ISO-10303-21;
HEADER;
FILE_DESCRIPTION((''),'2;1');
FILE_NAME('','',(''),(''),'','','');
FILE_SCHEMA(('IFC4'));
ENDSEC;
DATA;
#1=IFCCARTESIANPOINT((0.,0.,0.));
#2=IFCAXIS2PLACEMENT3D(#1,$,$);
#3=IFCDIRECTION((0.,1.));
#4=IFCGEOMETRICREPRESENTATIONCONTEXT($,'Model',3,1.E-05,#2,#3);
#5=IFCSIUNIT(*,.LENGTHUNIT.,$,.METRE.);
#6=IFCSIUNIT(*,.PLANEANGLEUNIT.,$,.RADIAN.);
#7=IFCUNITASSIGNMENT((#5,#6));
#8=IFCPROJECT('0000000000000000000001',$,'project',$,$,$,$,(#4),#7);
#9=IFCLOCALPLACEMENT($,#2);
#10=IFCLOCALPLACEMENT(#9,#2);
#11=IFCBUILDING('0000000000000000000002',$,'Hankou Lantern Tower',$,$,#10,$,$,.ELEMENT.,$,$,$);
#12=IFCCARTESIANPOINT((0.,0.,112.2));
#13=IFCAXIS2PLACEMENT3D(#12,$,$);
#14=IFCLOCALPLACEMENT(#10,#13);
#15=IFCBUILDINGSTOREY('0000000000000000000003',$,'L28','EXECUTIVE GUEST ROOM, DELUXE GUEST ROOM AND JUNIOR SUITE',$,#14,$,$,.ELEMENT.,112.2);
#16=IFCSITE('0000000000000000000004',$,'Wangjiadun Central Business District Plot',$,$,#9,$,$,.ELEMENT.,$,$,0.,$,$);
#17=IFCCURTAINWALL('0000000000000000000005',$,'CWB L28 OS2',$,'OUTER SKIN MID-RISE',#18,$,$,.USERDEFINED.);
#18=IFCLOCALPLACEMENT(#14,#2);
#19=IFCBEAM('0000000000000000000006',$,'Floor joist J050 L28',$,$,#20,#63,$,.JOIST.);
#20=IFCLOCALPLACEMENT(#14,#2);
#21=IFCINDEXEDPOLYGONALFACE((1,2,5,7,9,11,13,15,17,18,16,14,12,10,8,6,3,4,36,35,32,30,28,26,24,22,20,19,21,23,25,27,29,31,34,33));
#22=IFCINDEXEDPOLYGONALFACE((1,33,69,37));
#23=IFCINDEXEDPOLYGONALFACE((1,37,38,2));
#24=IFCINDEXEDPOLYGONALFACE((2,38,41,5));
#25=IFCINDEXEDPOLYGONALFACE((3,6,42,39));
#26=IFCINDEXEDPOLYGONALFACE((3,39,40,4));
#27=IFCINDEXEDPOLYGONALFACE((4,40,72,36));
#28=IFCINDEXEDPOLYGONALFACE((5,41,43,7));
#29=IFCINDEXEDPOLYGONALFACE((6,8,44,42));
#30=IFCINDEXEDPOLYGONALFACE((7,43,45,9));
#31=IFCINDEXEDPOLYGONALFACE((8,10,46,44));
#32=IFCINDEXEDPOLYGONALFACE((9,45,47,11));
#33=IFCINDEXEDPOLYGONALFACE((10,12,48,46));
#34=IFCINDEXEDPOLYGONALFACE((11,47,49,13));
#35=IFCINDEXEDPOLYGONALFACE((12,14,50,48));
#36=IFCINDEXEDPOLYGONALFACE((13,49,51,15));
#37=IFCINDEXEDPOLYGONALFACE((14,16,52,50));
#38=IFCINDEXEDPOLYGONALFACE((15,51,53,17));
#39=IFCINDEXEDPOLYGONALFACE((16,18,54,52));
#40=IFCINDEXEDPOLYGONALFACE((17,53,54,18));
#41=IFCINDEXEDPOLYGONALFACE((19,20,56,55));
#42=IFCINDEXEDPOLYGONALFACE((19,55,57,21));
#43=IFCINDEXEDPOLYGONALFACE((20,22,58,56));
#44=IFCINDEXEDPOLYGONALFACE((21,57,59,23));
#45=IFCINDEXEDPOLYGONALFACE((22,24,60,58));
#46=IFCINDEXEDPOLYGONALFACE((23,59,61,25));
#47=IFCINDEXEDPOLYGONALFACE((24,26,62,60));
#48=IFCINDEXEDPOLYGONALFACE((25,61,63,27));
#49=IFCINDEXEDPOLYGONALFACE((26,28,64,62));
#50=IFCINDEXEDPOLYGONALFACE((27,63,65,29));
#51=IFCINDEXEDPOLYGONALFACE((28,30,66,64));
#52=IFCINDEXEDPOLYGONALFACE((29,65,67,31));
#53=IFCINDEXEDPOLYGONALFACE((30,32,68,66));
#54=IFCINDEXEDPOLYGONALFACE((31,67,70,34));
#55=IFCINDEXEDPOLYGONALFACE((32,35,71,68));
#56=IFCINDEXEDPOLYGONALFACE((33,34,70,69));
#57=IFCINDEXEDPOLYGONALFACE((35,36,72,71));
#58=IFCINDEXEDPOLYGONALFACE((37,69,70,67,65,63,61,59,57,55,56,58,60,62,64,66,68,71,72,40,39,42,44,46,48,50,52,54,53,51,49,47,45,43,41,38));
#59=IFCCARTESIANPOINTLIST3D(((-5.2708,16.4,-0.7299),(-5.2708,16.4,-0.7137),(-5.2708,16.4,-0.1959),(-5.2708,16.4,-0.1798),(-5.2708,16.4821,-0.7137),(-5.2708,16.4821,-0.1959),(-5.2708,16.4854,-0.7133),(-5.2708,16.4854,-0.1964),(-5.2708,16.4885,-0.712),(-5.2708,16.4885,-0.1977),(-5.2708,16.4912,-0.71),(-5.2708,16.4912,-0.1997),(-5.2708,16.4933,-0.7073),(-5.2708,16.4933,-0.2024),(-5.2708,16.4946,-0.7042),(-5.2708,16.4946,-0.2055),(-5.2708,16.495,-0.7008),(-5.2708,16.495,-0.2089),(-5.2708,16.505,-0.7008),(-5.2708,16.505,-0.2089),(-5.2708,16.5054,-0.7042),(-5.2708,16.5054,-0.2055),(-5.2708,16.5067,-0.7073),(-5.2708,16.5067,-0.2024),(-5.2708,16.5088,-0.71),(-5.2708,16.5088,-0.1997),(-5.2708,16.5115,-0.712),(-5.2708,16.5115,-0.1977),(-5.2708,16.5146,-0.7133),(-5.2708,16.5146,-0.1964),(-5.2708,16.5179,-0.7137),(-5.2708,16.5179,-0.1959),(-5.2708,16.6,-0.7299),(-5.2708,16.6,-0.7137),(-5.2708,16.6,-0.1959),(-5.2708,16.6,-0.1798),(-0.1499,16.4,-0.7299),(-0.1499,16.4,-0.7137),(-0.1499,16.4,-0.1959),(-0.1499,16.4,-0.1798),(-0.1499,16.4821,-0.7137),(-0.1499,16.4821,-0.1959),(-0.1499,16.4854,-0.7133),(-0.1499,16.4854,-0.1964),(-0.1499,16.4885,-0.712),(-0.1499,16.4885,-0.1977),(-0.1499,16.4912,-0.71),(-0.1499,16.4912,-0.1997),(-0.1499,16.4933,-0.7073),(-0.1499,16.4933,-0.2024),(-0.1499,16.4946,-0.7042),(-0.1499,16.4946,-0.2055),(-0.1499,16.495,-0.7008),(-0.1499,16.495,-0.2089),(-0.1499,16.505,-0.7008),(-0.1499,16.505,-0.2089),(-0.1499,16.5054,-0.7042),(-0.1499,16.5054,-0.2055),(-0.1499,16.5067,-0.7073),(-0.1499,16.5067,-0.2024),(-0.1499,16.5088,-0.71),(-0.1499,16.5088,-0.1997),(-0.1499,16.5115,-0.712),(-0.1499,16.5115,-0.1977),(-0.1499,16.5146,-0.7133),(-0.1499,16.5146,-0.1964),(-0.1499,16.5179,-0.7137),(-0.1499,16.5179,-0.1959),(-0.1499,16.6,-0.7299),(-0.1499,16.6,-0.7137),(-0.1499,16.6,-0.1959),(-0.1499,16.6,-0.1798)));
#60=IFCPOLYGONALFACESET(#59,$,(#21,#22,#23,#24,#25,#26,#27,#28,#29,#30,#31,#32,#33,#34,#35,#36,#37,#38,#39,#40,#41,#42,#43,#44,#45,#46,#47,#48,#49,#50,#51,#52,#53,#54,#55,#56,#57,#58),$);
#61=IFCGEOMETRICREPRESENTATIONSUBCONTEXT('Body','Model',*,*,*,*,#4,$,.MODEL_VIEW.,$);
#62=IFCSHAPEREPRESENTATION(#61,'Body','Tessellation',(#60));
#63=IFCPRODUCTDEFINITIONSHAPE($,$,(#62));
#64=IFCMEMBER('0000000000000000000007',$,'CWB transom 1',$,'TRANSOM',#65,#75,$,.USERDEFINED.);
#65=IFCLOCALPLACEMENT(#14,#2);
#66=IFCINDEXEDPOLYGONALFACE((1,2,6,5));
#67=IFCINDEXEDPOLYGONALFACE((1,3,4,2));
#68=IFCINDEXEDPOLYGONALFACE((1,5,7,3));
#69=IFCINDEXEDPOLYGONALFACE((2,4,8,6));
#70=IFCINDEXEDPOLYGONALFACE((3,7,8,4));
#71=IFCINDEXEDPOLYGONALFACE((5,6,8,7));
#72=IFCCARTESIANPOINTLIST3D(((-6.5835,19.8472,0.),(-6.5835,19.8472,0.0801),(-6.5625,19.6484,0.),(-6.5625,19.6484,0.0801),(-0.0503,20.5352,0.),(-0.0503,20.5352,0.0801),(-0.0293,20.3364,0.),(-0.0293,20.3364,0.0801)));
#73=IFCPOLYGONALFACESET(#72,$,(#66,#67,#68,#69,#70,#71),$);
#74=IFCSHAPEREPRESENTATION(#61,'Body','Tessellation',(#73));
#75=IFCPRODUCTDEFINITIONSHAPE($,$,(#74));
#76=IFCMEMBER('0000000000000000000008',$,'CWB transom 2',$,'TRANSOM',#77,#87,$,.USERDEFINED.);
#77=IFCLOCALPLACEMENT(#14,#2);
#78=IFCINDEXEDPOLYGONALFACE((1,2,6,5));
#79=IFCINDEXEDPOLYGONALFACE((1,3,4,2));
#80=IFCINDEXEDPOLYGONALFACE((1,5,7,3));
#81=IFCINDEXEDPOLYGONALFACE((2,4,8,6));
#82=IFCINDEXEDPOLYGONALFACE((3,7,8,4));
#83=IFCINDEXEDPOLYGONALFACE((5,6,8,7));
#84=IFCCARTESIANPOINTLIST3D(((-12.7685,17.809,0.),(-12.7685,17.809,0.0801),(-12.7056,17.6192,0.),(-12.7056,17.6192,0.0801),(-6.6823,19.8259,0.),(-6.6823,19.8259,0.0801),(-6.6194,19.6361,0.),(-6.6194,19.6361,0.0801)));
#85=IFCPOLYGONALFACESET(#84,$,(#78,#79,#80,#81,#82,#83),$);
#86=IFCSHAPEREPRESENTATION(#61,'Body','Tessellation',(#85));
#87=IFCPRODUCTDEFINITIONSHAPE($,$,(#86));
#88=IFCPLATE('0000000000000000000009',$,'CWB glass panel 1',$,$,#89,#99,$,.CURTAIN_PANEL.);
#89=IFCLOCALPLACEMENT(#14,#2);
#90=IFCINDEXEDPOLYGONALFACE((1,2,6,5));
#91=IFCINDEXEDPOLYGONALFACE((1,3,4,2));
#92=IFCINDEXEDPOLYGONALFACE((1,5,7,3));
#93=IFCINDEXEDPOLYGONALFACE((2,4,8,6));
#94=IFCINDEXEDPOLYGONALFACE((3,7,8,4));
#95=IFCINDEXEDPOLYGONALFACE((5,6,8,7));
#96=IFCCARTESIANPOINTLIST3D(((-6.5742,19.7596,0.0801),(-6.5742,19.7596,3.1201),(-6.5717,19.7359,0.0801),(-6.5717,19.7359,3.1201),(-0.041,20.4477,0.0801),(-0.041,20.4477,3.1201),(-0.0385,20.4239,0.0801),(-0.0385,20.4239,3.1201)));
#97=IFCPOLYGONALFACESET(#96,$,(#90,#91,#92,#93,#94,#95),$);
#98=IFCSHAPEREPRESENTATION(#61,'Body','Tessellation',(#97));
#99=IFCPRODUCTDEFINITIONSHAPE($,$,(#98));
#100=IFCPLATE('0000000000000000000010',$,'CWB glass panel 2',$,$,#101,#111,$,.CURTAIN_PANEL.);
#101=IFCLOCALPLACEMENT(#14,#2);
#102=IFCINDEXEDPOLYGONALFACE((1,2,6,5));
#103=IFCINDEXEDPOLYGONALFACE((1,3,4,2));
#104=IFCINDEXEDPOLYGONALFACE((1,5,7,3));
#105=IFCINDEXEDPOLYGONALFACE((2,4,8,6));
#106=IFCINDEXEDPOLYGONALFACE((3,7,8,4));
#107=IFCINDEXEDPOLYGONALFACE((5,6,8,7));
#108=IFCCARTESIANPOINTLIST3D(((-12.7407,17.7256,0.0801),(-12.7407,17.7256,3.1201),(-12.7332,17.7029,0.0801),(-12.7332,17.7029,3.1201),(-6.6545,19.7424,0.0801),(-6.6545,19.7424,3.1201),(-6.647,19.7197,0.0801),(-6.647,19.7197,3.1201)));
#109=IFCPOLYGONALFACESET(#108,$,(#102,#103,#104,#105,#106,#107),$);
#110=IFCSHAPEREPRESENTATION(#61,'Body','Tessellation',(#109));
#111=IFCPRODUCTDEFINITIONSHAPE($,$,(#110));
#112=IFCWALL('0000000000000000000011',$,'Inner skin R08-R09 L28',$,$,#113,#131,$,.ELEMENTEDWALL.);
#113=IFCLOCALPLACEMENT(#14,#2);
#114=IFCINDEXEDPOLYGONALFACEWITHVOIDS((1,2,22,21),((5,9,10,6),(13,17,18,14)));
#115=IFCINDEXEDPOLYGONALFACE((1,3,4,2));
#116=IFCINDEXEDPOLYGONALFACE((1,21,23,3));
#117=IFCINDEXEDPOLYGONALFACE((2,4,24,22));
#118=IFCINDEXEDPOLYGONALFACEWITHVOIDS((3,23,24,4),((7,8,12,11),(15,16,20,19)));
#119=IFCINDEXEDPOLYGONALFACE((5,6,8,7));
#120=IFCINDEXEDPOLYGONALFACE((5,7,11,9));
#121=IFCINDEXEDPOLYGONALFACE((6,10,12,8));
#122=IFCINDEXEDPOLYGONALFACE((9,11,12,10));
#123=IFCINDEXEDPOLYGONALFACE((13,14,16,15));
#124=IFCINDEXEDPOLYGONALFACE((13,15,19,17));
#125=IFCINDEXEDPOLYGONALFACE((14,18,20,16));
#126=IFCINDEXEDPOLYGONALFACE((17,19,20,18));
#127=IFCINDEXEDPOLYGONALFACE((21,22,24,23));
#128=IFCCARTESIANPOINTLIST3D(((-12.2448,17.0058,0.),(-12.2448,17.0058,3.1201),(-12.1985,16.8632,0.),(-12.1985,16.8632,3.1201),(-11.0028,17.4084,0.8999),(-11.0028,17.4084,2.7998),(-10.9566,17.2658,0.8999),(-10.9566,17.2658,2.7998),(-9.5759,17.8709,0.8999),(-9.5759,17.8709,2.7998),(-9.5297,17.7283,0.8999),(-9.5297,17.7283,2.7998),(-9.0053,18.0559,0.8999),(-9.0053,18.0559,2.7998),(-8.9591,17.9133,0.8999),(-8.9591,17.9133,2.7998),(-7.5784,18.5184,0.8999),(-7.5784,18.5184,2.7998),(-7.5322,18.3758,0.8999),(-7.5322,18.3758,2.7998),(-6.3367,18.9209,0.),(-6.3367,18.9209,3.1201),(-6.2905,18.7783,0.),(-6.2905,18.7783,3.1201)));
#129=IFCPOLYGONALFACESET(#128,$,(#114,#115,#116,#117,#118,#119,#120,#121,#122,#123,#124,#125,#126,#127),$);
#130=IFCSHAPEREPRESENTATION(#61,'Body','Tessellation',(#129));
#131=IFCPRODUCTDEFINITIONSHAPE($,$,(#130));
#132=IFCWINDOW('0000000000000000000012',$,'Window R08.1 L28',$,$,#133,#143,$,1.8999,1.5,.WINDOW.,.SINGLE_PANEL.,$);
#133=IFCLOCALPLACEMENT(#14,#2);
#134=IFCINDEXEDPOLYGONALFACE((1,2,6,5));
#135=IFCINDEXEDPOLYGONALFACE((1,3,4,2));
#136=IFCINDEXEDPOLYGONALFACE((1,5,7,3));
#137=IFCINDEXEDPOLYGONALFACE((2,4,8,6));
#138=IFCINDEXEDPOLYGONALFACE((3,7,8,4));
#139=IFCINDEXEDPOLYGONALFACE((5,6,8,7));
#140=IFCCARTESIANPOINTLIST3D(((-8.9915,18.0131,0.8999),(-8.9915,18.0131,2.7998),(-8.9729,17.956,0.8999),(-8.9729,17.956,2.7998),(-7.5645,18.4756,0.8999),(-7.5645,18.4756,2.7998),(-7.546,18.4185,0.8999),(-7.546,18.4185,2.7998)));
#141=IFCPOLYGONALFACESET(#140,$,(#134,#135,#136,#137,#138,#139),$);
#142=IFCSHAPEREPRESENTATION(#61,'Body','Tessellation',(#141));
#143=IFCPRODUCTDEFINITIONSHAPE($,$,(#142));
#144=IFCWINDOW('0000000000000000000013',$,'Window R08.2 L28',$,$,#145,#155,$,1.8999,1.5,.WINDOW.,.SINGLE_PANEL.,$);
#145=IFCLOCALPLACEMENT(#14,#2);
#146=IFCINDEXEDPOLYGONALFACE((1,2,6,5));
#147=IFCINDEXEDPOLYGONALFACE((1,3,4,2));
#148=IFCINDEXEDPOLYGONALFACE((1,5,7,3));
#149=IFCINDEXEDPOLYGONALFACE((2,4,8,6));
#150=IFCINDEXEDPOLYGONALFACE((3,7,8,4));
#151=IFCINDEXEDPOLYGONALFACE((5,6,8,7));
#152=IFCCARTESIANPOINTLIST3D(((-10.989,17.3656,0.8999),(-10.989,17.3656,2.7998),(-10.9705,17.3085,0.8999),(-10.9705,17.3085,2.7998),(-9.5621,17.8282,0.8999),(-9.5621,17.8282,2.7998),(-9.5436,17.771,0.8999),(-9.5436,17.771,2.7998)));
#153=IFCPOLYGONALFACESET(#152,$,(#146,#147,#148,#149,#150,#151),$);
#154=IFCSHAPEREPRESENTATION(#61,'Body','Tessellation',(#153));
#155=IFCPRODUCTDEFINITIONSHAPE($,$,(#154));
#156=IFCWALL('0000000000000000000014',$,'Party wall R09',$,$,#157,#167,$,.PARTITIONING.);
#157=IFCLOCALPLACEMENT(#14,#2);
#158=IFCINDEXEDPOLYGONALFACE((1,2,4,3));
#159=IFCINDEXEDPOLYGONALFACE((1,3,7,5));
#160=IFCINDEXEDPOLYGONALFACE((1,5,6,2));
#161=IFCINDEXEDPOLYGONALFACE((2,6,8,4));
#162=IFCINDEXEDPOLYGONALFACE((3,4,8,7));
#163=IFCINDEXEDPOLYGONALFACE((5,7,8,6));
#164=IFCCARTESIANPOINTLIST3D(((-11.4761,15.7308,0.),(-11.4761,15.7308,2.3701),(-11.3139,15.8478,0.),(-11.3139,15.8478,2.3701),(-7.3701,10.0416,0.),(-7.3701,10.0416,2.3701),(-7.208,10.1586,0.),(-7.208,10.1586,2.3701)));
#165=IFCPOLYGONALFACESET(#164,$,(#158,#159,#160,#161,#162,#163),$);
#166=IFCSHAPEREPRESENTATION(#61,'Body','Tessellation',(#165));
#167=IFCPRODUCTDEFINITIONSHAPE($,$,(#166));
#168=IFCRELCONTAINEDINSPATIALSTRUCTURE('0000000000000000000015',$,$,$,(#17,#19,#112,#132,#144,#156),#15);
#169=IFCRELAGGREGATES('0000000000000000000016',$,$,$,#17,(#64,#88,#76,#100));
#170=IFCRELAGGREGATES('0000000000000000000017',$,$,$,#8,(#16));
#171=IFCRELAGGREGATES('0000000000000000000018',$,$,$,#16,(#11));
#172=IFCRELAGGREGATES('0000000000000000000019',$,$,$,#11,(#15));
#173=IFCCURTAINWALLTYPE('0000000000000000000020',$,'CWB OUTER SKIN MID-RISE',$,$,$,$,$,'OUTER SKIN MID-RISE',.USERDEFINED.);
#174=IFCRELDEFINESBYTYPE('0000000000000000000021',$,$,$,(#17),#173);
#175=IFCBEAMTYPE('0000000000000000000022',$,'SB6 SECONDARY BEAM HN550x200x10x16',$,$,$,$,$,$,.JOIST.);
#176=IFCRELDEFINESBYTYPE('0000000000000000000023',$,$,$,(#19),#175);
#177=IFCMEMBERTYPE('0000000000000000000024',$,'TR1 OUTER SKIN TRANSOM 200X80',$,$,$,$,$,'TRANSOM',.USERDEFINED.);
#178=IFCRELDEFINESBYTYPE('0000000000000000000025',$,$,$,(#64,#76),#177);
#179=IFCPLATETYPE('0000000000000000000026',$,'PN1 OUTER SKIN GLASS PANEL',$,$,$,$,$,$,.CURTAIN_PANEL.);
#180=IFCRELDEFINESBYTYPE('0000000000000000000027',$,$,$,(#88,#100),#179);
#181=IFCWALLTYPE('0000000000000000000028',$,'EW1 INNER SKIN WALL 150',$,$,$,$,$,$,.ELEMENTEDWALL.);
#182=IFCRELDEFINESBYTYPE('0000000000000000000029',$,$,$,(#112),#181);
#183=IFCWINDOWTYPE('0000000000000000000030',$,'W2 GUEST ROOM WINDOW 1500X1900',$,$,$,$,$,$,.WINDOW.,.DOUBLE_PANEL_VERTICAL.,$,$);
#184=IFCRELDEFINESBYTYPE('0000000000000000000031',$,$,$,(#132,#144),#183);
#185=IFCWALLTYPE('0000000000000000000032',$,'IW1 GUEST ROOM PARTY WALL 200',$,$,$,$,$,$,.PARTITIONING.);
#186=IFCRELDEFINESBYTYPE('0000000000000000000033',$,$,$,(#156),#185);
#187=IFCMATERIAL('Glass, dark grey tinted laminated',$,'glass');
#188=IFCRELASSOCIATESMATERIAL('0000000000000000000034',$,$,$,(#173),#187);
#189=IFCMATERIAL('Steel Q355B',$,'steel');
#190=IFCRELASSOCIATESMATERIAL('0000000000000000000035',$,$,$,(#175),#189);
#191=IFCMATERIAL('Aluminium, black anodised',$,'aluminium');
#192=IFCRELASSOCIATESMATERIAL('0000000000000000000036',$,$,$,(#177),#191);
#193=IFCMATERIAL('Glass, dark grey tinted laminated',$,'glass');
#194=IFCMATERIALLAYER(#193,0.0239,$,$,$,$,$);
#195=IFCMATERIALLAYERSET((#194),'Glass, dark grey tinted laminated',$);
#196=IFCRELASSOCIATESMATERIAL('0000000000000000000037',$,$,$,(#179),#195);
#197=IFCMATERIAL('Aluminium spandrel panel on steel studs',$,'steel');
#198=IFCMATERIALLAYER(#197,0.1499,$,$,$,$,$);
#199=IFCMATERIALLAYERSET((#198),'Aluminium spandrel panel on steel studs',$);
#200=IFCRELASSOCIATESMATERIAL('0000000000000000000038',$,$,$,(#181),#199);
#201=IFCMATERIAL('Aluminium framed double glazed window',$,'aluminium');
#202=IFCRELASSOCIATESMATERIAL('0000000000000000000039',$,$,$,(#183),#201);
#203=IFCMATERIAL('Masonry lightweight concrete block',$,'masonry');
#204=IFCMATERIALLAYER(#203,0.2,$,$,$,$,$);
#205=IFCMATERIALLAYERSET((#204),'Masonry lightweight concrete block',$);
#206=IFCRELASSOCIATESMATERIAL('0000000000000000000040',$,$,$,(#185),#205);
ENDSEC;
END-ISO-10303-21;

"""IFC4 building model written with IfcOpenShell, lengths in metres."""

from ifc_helpers import new_model, si_unit, direction, frame, frame_2d, origin, origin_2d, place, context, subcontext, project, spatial, rectangle, i_section, extrude, material, layer, layer_set, material_profile, profile_set, type_object, element, fill, aggregate, save


model = new_model("IFC4")

# Units and contexts
model_context = context("Model", 3, precision=1e-05, world=origin(), true_north=direction((0.0, 1.0)))
body_context = subcontext(model_context, "Body", "Model", "MODEL_VIEW")
ifc_project = project(units=[si_unit("LENGTHUNIT", "METRE"), si_unit("PLANEANGLEUNIT", "RADIAN")], contexts=[model_context])

# Site, building, storey
site_placement = place(None, origin())
site = spatial("IfcSite", under=ifc_project, at=site_placement, Name="Wangjiadun Central Business District Plot", CompositionType="ELEMENT", RefElevation=0.0)
building_placement = place(site_placement, origin())
building = spatial("IfcBuilding", under=site, at=building_placement, Name="Hankou Lantern Tower", CompositionType="ELEMENT")
storey_placement = place(building_placement, frame((0.0, 0.0, 112.2)))
storey = spatial("IfcBuildingStorey", under=building, at=storey_placement, Name="L28", Description="EXECUTIVE GUEST ROOM, DELUXE GUEST ROOM AND JUNIOR SUITE", CompositionType="ELEMENT", Elevation=112.2)

# Curtain wall
ifc_material_1 = material(Name="Glass, dark grey tinted laminated", Category="glass")
curtain_wall_type = type_object("IfcCurtainWallType", Name="CWB OUTER SKIN MID-RISE", ElementType="OUTER SKIN MID-RISE", PredefinedType="USERDEFINED", material=ifc_material_1)
curtain_wall_placement = place(storey_placement, origin())
curtain_wall = element("IfcCurtainWall", 1, at=curtain_wall_placement, inside=storey, type_object=curtain_wall_type, Name="CWB L28 OS2", ObjectType="OUTER SKIN MID-RISE", PredefinedType="USERDEFINED")

# Beam
ifc_material_2 = material(Name="Steel Q355B", Category="steel")
ifc_material_profile_1 = material_profile(ifc_material_2, i_section(OverallWidth=0.2, OverallDepth=0.55, WebThickness=0.01, FlangeThickness=0.0161, FilletRadius=0.0129, at=origin_2d()), Name="HN550x200x10x16")
ifc_profile_set_1 = profile_set([ifc_material_profile_1], Name="Steel Q355B")
beam_type_1 = type_object("IfcBeamType", Name="SB6 SECONDARY BEAM HN550x200x10x16", PredefinedType="JOIST", material=ifc_profile_set_1)
beam_1_placement = place(storey_placement, frame((-5.2708, 16.5, -0.4548), z_axis=(1.0, 0.0, 0.0), x_axis=(0.0, 1.0, 0.0)))
element("IfcBeam", 2, at=beam_1_placement, inside=storey, type_object=beam_type_1, Name="Floor joist J050 L28", PredefinedType="JOIST", context=body_context, shape_type="SweptSolid", body=[
    extrude(i_section(OverallWidth=0.2, OverallDepth=0.55, WebThickness=0.01, FlangeThickness=0.0161, FilletRadius=0.0129, at=origin_2d()), origin(), (0.0, 0.0, 1.0), 5.1208),
])

# Members
ifc_material_3 = material(Name="Aluminium, black anodised", Category="aluminium")
ifc_material_profile_2 = material_profile(ifc_material_3, rectangle(XDim=0.2, YDim=0.0801, at=origin_2d()), Name="TR1 200X80")
ifc_profile_set_2 = profile_set([ifc_material_profile_2], Name="Aluminium, black anodised")
member_type_1 = type_object("IfcMemberType", Name="TR1 OUTER SKIN TRANSOM 200X80", ElementType="TRANSOM", PredefinedType="USERDEFINED", material=ifc_profile_set_2)
member_1_placement = place(storey_placement, frame((-0.0398, 20.4358, 0.04), z_axis=(-0.994501, -0.104727, 0.0), x_axis=(0.104727, -0.994501, 0.0)))
member_1 = element("IfcMember", 3, at=member_1_placement, type_object=member_type_1, Name="CWB transom 1", ObjectType="TRANSOM", PredefinedType="USERDEFINED", context=body_context, shape_type="SweptSolid", body=[
    extrude(rectangle(XDim=0.2, YDim=0.0801, at=origin_2d()), origin(), (0.0, 0.0, 1.0), 6.5693),
])
member_2_placement = place(storey_placement, frame((-6.6509, 19.731, 0.04), z_axis=(-0.949238, -0.314559, 0.0), x_axis=(0.314559, -0.949238, 0.0)))
member_2 = element("IfcMember", 4, at=member_2_placement, type_object=member_type_1, Name="CWB transom 2", ObjectType="TRANSOM", PredefinedType="USERDEFINED", context=body_context, shape_type="SweptSolid", body=[
    extrude(rectangle(XDim=0.2, YDim=0.0801, at=origin_2d()), origin(), (0.0, 0.0, 1.0), 6.4116),
])

# Plates
ifc_material_4 = material(Name="Glass, dark grey tinted laminated", Category="glass")
ifc_layer_1 = layer(ifc_material_4, 0.0239)
ifc_layer_set_1 = layer_set([ifc_layer_1], Name="Glass, dark grey tinted laminated")
plate_type = type_object("IfcPlateType", Name="PN1 OUTER SKIN GLASS PANEL", PredefinedType="CURTAIN_PANEL", material=ifc_layer_set_1)
plate_1_placement = place(storey_placement, frame((-3.3064, 20.0918, 0.0801), z_axis=(0.0, 0.0, 1.0), x_axis=(-0.994499, -0.104743, 0.0)))
plate_1 = element("IfcPlate", 5, at=plate_1_placement, type_object=plate_type, Name="CWB glass panel 1", PredefinedType="CURTAIN_PANEL", context=body_context, shape_type="SweptSolid", body=[
    extrude(rectangle(XDim=6.5693, YDim=0.0239, at=origin_2d()), origin(), (0.0, 0.0, 1.0), 3.04),
])
plate_2_placement = place(storey_placement, frame((-9.6938, 18.7227, 0.0801), z_axis=(0.0, 0.0, 1.0), x_axis=(-0.949241, -0.314551, 0.0)))
plate_2 = element("IfcPlate", 6, at=plate_2_placement, type_object=plate_type, Name="CWB glass panel 2", PredefinedType="CURTAIN_PANEL", context=body_context, shape_type="SweptSolid", body=[
    extrude(rectangle(XDim=6.4116, YDim=0.0239, at=origin_2d()), origin(), (0.0, 0.0, 1.0), 3.04),
])
aggregate(curtain_wall, [member_1, plate_1, member_2, plate_2])

# Wall, openings, windows
ifc_material_5 = material(Name="Aluminium spandrel panel on steel studs", Category="steel")
ifc_layer_2 = layer(ifc_material_5, 0.1499)
ifc_layer_set_2 = layer_set([ifc_layer_2], Name="Aluminium spandrel panel on steel studs")
wall_type_1 = type_object("IfcWallType", Name="EW1 INNER SKIN WALL 150", PredefinedType="ELEMENTEDWALL", material=ifc_layer_set_2)
wall_1_placement = place(storey_placement, frame((-6.3135, 18.8496, 0.0), z_axis=(0.0, 0.0, 1.0), x_axis=(-0.951273, -0.308351, 0.0)))
wall_1 = element("IfcWall", 7, at=wall_1_placement, inside=storey, type_object=wall_type_1, Name="Inner skin R08-R09 L28", PredefinedType="ELEMENTEDWALL", context=body_context, shape_type="SweptSolid", body=[
    extrude(rectangle(XDim=6.2107, YDim=0.1499, at=frame_2d((3.1055, 0.0))), origin(), (0.0, 0.0, 1.0), 3.1201),
])
opening_1_placement = place(wall_1_placement, frame((1.3054, 0.0, 0.8999)))
opening_1 = element("IfcOpeningElement", 8, at=opening_1_placement, cuts=wall_1, PredefinedType="OPENING", context=body_context, shape_type="SweptSolid", body=[
    extrude(rectangle(XDim=1.5, YDim=1.8999, at=frame_2d((0.75, 0.95))), frame((0.0, 0.085, 0.0), z_axis=(0.0, -1.0, 0.0), x_axis=(1.0, 0.0, 0.0)), (0.0, 0.0, 1.0), 0.1699),
])
opening_2_placement = place(wall_1_placement, frame((3.4053, 0.0, 0.8999)))
opening_2 = element("IfcOpeningElement", 9, at=opening_2_placement, cuts=wall_1, PredefinedType="OPENING", context=body_context, shape_type="SweptSolid", body=[
    extrude(rectangle(XDim=1.5, YDim=1.8999, at=frame_2d((0.75, 0.95))), frame((0.0, 0.085, 0.0), z_axis=(0.0, -1.0, 0.0), x_axis=(1.0, 0.0, 0.0)), (0.0, 0.0, 1.0), 0.1699),
])
ifc_material_6 = material(Name="Aluminium framed double glazed window", Category="aluminium")
window_type = type_object("IfcWindowType", Name="W2 GUEST ROOM WINDOW 1500X1900", PartitioningType="DOUBLE_PANEL_VERTICAL", PredefinedType="WINDOW", material=ifc_material_6)
window_1_placement = place(opening_1_placement, origin())
window_1 = element("IfcWindow", 10, at=window_1_placement, inside=storey, type_object=window_type, Name="Window R08.1 L28", OverallHeight=1.8999, OverallWidth=1.5, PartitioningType="SINGLE_PANEL", PredefinedType="WINDOW", context=body_context, shape_type="SweptSolid", body=[
    extrude(rectangle(XDim=1.5, YDim=1.8999, at=frame_2d((0.75, 0.95))), frame((0.0, 0.03, 0.0), z_axis=(0.0, -1.0, 0.0), x_axis=(1.0, 0.0, 0.0)), (0.0, 0.0, 1.0), 0.0601),
])
fill(opening_1, window_1)
window_2_placement = place(opening_2_placement, origin())
window_2 = element("IfcWindow", 11, at=window_2_placement, inside=storey, type_object=window_type, Name="Window R08.2 L28", OverallHeight=1.8999, OverallWidth=1.5, PartitioningType="SINGLE_PANEL", PredefinedType="WINDOW", context=body_context, shape_type="SweptSolid", body=[
    extrude(rectangle(XDim=1.5, YDim=1.8999, at=frame_2d((0.75, 0.95))), frame((0.0, 0.03, 0.0), z_axis=(0.0, -1.0, 0.0), x_axis=(1.0, 0.0, 0.0)), (0.0, 0.0, 1.0), 0.0601),
])
fill(opening_2, window_2)

# Wall
ifc_material_7 = material(Name="Masonry lightweight concrete block", Category="masonry")
ifc_layer_3 = layer(ifc_material_7, 0.2)
ifc_layer_set_3 = layer_set([ifc_layer_3], Name="Masonry lightweight concrete block")
wall_type_2 = type_object("IfcWallType", Name="IW1 GUEST ROOM PARTY WALL 200", PredefinedType="PARTITIONING", material=ifc_layer_set_3)
wall_2_placement = place(storey_placement, frame((-7.2891, 10.1001, 0.0), z_axis=(0.0, 0.0, 1.0), x_axis=(-0.585217, 0.810876, 0.0)))
element("IfcWall", 12, at=wall_2_placement, inside=storey, type_object=wall_type_2, Name="Party wall R09", PredefinedType="PARTITIONING", context=body_context, shape_type="SweptSolid", body=[
    extrude(rectangle(XDim=7.0161, YDim=0.2, at=frame_2d((3.5081, 0.0))), origin(), (0.0, 0.0, 1.0), 2.3701),
])

save(model, "model.ifc")
